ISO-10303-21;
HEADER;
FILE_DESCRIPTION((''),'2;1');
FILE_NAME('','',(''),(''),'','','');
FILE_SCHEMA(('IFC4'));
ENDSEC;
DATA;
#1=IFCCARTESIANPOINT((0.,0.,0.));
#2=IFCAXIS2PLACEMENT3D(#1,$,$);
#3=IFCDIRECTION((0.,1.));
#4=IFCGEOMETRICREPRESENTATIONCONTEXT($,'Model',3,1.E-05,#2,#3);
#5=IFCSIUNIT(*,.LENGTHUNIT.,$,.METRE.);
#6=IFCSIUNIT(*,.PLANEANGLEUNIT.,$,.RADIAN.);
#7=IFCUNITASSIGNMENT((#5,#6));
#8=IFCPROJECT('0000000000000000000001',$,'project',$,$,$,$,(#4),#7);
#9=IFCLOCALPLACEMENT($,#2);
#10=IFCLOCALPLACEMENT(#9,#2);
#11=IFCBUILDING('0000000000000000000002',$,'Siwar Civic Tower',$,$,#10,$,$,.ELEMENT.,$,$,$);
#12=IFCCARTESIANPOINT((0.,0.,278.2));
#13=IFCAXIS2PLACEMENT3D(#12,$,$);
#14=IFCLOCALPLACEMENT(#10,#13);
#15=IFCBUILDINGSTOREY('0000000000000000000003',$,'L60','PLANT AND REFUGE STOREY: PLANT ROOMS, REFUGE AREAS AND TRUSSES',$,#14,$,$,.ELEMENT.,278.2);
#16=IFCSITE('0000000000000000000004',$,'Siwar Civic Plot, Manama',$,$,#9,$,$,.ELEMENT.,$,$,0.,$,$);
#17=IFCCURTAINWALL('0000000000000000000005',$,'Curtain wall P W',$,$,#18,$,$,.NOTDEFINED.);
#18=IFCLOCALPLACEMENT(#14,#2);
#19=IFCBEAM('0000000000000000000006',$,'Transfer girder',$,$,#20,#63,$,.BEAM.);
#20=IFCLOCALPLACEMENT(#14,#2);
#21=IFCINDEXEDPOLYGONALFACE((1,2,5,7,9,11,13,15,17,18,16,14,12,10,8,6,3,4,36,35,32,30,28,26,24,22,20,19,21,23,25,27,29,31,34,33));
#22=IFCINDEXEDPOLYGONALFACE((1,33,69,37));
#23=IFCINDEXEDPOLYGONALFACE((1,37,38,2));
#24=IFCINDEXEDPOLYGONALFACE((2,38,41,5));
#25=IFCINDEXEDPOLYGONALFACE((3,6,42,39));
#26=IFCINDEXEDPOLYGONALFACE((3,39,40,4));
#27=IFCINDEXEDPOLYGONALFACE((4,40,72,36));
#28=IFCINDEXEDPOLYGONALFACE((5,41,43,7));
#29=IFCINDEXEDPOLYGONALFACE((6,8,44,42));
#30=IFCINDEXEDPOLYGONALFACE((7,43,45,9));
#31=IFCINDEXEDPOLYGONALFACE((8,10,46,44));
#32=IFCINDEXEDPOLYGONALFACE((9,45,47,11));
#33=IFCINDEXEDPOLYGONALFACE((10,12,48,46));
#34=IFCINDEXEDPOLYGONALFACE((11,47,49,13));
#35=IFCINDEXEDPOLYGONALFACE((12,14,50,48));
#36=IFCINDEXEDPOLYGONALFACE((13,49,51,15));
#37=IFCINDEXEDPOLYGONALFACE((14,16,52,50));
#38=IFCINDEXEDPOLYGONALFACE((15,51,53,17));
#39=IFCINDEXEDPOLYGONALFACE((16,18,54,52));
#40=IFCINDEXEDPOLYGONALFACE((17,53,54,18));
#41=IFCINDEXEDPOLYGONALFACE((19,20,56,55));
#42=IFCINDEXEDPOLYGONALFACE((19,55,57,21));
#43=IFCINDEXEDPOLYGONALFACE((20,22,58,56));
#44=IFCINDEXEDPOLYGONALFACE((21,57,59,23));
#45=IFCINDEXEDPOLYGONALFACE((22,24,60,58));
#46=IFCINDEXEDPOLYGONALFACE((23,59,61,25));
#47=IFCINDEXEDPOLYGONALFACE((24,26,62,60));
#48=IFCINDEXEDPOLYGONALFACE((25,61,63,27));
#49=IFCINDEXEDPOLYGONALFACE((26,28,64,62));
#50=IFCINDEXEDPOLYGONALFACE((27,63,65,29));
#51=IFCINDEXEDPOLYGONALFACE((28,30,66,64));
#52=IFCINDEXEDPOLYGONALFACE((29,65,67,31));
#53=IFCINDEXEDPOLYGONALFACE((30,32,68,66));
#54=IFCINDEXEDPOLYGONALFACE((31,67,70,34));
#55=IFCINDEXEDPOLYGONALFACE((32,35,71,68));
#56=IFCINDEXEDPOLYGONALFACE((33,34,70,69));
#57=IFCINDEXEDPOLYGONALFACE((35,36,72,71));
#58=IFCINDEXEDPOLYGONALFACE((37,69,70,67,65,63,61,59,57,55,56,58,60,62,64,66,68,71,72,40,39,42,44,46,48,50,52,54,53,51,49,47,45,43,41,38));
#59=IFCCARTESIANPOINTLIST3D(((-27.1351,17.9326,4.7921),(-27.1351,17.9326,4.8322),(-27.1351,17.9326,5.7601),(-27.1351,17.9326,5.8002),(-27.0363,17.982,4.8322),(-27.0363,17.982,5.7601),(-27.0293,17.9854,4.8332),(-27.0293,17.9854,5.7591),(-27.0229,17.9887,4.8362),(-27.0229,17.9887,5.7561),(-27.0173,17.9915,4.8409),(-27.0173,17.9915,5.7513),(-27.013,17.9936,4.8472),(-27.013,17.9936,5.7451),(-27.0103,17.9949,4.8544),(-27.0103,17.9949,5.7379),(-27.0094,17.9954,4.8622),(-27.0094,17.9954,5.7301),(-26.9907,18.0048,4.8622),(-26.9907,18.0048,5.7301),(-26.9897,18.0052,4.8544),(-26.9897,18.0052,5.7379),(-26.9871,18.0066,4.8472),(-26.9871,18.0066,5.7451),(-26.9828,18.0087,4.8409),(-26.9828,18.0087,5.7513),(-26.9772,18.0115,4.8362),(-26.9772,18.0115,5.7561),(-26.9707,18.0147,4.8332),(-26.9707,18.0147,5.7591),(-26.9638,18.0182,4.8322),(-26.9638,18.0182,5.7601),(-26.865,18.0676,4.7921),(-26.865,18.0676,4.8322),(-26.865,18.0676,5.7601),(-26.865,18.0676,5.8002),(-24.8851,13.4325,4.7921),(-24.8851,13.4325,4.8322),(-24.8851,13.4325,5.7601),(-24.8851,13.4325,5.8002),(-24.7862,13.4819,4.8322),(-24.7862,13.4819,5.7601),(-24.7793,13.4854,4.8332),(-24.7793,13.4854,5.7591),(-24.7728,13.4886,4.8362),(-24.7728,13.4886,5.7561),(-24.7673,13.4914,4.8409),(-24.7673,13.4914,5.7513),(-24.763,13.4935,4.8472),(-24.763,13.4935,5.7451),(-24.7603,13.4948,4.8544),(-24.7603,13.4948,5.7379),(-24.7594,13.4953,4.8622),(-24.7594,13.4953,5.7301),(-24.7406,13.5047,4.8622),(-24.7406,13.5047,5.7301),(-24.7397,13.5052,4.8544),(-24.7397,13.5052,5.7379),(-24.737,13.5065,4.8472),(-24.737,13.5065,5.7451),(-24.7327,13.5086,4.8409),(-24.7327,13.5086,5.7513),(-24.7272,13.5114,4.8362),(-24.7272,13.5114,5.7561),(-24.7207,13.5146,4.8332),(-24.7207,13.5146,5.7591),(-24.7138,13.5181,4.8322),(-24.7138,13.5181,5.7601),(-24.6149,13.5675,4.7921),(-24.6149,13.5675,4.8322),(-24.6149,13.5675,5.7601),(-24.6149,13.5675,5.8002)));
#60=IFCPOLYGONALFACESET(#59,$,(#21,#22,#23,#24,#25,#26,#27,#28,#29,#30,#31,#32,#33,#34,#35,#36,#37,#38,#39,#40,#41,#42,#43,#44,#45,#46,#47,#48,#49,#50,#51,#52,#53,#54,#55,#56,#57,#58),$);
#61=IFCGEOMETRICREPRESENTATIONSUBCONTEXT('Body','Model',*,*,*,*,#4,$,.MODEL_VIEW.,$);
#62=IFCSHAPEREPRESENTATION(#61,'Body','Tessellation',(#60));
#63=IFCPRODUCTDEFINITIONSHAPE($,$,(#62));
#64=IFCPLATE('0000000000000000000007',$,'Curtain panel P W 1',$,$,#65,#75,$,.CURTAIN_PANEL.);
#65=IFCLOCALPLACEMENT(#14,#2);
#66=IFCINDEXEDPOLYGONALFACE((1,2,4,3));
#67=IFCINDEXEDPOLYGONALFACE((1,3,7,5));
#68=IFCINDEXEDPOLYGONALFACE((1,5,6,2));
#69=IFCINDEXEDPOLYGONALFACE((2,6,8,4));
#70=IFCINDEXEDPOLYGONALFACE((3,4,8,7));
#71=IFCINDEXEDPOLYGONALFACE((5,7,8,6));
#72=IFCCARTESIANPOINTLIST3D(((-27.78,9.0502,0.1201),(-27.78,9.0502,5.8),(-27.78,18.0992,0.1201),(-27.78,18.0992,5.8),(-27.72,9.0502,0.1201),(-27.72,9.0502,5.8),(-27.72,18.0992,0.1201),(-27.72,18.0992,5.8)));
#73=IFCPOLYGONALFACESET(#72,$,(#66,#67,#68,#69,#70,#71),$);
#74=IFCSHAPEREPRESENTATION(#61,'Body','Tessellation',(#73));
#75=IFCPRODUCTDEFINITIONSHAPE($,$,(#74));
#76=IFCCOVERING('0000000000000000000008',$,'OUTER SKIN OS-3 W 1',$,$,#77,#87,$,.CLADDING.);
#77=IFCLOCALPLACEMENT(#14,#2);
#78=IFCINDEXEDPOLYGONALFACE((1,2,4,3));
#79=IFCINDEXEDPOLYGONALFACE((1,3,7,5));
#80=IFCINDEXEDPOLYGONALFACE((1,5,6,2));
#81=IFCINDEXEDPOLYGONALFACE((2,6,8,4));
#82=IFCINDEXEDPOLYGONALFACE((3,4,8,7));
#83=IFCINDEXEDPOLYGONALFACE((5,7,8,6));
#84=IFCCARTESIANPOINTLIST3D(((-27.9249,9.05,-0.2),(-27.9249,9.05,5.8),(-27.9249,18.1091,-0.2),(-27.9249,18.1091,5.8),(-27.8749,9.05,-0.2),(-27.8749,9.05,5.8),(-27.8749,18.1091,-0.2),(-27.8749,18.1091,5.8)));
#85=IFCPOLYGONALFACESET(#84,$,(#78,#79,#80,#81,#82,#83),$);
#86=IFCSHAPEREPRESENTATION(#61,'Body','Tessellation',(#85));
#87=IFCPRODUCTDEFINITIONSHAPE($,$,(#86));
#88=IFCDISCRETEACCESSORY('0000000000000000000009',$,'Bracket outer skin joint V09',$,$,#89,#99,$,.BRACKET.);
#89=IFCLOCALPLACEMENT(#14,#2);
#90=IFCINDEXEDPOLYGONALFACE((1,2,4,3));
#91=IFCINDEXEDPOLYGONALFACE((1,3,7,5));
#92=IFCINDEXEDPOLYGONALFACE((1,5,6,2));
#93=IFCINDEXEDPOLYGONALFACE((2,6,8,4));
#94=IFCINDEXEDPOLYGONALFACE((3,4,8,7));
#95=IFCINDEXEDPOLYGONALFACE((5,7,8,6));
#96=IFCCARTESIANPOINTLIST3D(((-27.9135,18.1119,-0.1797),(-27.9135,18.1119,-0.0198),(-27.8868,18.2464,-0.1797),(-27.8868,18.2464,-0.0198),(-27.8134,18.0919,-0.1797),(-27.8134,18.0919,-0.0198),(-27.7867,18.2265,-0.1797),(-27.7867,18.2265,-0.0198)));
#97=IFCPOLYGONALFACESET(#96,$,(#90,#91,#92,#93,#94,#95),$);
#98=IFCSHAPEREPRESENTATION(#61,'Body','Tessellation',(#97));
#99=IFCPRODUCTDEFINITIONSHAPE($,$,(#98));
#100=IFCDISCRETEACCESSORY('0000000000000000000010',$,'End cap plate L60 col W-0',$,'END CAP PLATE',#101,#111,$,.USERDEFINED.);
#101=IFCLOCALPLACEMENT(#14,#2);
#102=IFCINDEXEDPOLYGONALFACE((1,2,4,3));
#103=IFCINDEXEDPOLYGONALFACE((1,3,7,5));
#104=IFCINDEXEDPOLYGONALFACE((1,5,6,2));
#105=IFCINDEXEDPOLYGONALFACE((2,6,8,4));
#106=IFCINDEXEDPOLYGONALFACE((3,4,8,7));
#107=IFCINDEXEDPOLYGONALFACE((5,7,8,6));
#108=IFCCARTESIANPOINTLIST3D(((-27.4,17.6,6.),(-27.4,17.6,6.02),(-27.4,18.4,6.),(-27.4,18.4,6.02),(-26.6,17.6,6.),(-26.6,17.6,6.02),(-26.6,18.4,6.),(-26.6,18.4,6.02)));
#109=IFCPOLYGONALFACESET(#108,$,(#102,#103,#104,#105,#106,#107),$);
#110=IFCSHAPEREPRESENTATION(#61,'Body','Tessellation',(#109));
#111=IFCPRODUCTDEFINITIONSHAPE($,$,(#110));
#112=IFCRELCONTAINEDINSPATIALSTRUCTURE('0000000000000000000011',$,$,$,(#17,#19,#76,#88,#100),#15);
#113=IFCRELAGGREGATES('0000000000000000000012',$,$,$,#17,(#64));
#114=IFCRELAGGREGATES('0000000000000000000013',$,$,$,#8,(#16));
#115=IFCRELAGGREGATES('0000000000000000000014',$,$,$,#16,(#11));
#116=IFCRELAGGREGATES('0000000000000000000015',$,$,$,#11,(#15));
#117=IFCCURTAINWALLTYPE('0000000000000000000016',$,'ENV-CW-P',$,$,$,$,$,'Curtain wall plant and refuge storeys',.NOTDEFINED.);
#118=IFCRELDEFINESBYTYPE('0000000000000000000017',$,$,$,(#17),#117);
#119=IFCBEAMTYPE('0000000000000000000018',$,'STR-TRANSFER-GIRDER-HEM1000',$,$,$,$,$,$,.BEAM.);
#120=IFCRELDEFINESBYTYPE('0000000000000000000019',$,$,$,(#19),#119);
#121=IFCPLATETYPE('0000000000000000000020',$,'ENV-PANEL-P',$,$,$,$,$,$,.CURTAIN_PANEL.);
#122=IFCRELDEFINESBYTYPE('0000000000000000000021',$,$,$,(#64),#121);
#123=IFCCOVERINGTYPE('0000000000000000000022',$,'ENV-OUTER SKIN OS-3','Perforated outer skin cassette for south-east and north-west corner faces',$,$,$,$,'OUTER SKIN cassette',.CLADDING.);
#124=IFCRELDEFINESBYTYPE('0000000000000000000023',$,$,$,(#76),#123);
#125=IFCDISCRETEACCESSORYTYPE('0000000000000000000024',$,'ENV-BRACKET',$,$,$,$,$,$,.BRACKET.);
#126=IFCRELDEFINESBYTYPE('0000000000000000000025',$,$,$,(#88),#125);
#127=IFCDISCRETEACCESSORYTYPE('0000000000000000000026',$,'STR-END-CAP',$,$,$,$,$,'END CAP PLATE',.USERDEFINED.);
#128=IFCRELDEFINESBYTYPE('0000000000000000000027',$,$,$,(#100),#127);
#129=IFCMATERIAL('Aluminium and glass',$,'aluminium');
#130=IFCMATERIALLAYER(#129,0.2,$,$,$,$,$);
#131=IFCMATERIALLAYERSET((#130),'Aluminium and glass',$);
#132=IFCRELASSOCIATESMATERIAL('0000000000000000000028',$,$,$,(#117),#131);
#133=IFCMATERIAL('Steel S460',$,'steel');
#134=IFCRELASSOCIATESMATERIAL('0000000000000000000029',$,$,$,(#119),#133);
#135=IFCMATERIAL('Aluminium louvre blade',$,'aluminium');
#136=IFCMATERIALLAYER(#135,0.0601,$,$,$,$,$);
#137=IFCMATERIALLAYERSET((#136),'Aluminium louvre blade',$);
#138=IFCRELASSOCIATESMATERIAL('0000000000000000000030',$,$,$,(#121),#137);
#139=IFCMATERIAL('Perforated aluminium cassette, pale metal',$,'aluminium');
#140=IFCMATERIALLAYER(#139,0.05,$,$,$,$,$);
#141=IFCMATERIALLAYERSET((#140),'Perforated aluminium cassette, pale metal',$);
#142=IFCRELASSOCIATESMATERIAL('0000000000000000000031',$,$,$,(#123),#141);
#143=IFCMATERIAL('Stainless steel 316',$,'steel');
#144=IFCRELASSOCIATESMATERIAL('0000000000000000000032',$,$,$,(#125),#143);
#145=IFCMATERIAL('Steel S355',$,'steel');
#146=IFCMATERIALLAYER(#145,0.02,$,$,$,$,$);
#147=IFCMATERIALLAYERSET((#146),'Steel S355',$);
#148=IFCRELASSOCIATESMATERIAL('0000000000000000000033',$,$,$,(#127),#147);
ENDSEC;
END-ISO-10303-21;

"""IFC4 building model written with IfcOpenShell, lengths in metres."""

from ifc_helpers import new_model, si_unit, direction, frame, origin, origin_2d, place, context, subcontext, project, spatial, rectangle, i_section, extrude, material, layer, layer_set, material_profile, profile_set, type_object, element, aggregate, save


model = new_model("IFC4")

# Units and contexts
model_context = context("Model", 3, precision=1e-05, world=origin(), true_north=direction((0.0, 1.0)))
body_context = subcontext(model_context, "Body", "Model", "MODEL_VIEW")
ifc_project = project(units=[si_unit("LENGTHUNIT", "METRE"), si_unit("PLANEANGLEUNIT", "RADIAN")], contexts=[model_context])

# Site, building, storey
site_placement = place(None, origin())
site = spatial("IfcSite", under=ifc_project, at=site_placement, Name="Siwar Civic Plot, Manama", CompositionType="ELEMENT", RefElevation=0.0)
building_placement = place(site_placement, origin())
building = spatial("IfcBuilding", under=site, at=building_placement, Name="Siwar Civic Tower", CompositionType="ELEMENT")
storey_placement = place(building_placement, frame((0.0, 0.0, 278.2)))
storey = spatial("IfcBuildingStorey", under=building, at=storey_placement, Name="L60", Description="PLANT AND REFUGE STOREY: PLANT ROOMS, REFUGE AREAS AND TRUSSES", CompositionType="ELEMENT", Elevation=278.2)

# Curtain wall
ifc_material_1 = material(Name="Aluminium and glass", Category="aluminium")
ifc_layer_1 = layer(ifc_material_1, 0.2)
ifc_layer_set_1 = layer_set([ifc_layer_1], Name="Aluminium and glass")
curtain_wall_type = type_object("IfcCurtainWallType", Name="ENV-CW-P", ElementType="Curtain wall plant and refuge storeys", PredefinedType="NOTDEFINED", material=ifc_layer_set_1)
curtain_wall_placement = place(storey_placement, origin())
curtain_wall = element("IfcCurtainWall", 1, at=curtain_wall_placement, inside=storey, type_object=curtain_wall_type, Name="Curtain wall P W", PredefinedType="NOTDEFINED")

# Beam
ifc_material_2 = material(Name="Steel S460", Category="steel")
ifc_material_profile_1 = material_profile(ifc_material_2, i_section(OverallWidth=0.302, OverallDepth=1.0081, WebThickness=0.021, FlangeThickness=0.04, FilletRadius=0.03, at=origin_2d()), Name="HEM1000")
ifc_profile_set_1 = profile_set([ifc_material_profile_1], Name="Steel S460")
beam_type_1 = type_object("IfcBeamType", Name="STR-TRANSFER-GIRDER-HEM1000", PredefinedType="BEAM", material=ifc_profile_set_1)
for number, where, z_axis, x_axis, name in (
    (2, (-24.75, 13.5, 5.2961), (-0.447214, 0.894427, 0.0), (-0.894427, -0.447214, 0.0), "Transfer girder"),
):
    element("IfcBeam", number, at=place(storey_placement, frame(where, z_axis=z_axis, x_axis=x_axis)), inside=storey, type_object=beam_type_1, Name=name, PredefinedType="BEAM", context=body_context, shape_type="SweptSolid", body=[
        extrude(i_section(OverallWidth=0.302, OverallDepth=1.0081, WebThickness=0.021, FlangeThickness=0.04, FilletRadius=0.03, at=origin_2d()), origin(), (0.0, 0.0, 1.0), 5.0312),
    ])

# Plate
ifc_material_3 = material(Name="Aluminium louvre blade", Category="aluminium")
ifc_layer_2 = layer(ifc_material_3, 0.0601)
ifc_layer_set_2 = layer_set([ifc_layer_2], Name="Aluminium louvre blade")
plate_type = type_object("IfcPlateType", Name="ENV-PANEL-P", PredefinedType="CURTAIN_PANEL", material=ifc_layer_set_2)
plate_placement = place(storey_placement, frame((-27.75, 13.5747, 0.1201), z_axis=(0.0, 0.0, 1.0), x_axis=(0.0, -1.0, 0.0)))
plate = element("IfcPlate", 3, at=plate_placement, type_object=plate_type, Name="Curtain panel P W 1", PredefinedType="CURTAIN_PANEL", context=body_context, shape_type="SweptSolid", body=[
    extrude(rectangle(XDim=9.0491, YDim=0.0601, at=origin_2d()), origin(), (0.0, 0.0, 1.0), 5.6799),
])
aggregate(curtain_wall, [plate])

# Covering
ifc_material_4 = material(Name="Perforated aluminium cassette, pale metal", Category="aluminium")
ifc_layer_3 = layer(ifc_material_4, 0.05)
ifc_layer_set_3 = layer_set([ifc_layer_3], Name="Perforated aluminium cassette, pale metal")
covering_type = type_object("IfcCoveringType", Name="ENV-OUTER SKIN OS-3", Description="Perforated outer skin cassette for south-east and north-west corner faces", ElementType="OUTER SKIN cassette", PredefinedType="CLADDING", material=ifc_layer_set_3)
covering_placement = place(storey_placement, frame((-27.8999, 13.5796, -0.2), z_axis=(0.0, 0.0, 1.0), x_axis=(0.0, -1.0, 0.0)))
element("IfcCovering", 4, at=covering_placement, inside=storey, type_object=covering_type, Name="OUTER SKIN OS-3 W 1", PredefinedType="CLADDING", context=body_context, shape_type="SweptSolid", body=[
    extrude(rectangle(XDim=9.0591, YDim=0.05, at=origin_2d()), origin(), (0.0, 0.0, 1.0), 6.0),
])

# Discrete accessories
ifc_material_5 = material(Name="Stainless steel 316", Category="steel")
discrete_accessory_type_1 = type_object("IfcDiscreteAccessoryType", Name="ENV-BRACKET", PredefinedType="BRACKET", material=ifc_material_5)
discrete_accessory_1_placement = place(storey_placement, frame((-27.8501, 18.1692, -0.1797), z_axis=(0.0, 0.0, 1.0), x_axis=(-0.980785, 0.19509, 0.0)))
element("IfcDiscreteAccessory", 5, at=discrete_accessory_1_placement, inside=storey, type_object=discrete_accessory_type_1, Name="Bracket outer skin joint V09", PredefinedType="BRACKET", context=body_context, shape_type="SweptSolid", body=[
    extrude(rectangle(XDim=0.1021, YDim=0.1372, at=origin_2d()), origin(), (0.0, 0.0, 1.0), 0.1599),
])
ifc_material_6 = material(Name="Steel S355", Category="steel")
ifc_layer_4 = layer(ifc_material_6, 0.02)
ifc_layer_set_4 = layer_set([ifc_layer_4], Name="Steel S355")
discrete_accessory_type_2 = type_object("IfcDiscreteAccessoryType", Name="STR-END-CAP", ElementType="END CAP PLATE", PredefinedType="USERDEFINED", material=ifc_layer_set_4)
discrete_accessory_2_placement = place(storey_placement, frame((-27.0, 18.0, 6.0), z_axis=(0.0, 0.0, 1.0), x_axis=(1.0, 0.0, 0.0)))
element("IfcDiscreteAccessory", 6, at=discrete_accessory_2_placement, inside=storey, type_object=discrete_accessory_type_2, Name="End cap plate L60 col W-0", ObjectType="END CAP PLATE", PredefinedType="USERDEFINED", context=body_context, shape_type="SweptSolid", body=[
    extrude(rectangle(XDim=0.8, YDim=0.8, at=origin_2d()), origin(), (0.0, 0.0, 1.0), 0.02),
])

save(model, "model.ifc")
